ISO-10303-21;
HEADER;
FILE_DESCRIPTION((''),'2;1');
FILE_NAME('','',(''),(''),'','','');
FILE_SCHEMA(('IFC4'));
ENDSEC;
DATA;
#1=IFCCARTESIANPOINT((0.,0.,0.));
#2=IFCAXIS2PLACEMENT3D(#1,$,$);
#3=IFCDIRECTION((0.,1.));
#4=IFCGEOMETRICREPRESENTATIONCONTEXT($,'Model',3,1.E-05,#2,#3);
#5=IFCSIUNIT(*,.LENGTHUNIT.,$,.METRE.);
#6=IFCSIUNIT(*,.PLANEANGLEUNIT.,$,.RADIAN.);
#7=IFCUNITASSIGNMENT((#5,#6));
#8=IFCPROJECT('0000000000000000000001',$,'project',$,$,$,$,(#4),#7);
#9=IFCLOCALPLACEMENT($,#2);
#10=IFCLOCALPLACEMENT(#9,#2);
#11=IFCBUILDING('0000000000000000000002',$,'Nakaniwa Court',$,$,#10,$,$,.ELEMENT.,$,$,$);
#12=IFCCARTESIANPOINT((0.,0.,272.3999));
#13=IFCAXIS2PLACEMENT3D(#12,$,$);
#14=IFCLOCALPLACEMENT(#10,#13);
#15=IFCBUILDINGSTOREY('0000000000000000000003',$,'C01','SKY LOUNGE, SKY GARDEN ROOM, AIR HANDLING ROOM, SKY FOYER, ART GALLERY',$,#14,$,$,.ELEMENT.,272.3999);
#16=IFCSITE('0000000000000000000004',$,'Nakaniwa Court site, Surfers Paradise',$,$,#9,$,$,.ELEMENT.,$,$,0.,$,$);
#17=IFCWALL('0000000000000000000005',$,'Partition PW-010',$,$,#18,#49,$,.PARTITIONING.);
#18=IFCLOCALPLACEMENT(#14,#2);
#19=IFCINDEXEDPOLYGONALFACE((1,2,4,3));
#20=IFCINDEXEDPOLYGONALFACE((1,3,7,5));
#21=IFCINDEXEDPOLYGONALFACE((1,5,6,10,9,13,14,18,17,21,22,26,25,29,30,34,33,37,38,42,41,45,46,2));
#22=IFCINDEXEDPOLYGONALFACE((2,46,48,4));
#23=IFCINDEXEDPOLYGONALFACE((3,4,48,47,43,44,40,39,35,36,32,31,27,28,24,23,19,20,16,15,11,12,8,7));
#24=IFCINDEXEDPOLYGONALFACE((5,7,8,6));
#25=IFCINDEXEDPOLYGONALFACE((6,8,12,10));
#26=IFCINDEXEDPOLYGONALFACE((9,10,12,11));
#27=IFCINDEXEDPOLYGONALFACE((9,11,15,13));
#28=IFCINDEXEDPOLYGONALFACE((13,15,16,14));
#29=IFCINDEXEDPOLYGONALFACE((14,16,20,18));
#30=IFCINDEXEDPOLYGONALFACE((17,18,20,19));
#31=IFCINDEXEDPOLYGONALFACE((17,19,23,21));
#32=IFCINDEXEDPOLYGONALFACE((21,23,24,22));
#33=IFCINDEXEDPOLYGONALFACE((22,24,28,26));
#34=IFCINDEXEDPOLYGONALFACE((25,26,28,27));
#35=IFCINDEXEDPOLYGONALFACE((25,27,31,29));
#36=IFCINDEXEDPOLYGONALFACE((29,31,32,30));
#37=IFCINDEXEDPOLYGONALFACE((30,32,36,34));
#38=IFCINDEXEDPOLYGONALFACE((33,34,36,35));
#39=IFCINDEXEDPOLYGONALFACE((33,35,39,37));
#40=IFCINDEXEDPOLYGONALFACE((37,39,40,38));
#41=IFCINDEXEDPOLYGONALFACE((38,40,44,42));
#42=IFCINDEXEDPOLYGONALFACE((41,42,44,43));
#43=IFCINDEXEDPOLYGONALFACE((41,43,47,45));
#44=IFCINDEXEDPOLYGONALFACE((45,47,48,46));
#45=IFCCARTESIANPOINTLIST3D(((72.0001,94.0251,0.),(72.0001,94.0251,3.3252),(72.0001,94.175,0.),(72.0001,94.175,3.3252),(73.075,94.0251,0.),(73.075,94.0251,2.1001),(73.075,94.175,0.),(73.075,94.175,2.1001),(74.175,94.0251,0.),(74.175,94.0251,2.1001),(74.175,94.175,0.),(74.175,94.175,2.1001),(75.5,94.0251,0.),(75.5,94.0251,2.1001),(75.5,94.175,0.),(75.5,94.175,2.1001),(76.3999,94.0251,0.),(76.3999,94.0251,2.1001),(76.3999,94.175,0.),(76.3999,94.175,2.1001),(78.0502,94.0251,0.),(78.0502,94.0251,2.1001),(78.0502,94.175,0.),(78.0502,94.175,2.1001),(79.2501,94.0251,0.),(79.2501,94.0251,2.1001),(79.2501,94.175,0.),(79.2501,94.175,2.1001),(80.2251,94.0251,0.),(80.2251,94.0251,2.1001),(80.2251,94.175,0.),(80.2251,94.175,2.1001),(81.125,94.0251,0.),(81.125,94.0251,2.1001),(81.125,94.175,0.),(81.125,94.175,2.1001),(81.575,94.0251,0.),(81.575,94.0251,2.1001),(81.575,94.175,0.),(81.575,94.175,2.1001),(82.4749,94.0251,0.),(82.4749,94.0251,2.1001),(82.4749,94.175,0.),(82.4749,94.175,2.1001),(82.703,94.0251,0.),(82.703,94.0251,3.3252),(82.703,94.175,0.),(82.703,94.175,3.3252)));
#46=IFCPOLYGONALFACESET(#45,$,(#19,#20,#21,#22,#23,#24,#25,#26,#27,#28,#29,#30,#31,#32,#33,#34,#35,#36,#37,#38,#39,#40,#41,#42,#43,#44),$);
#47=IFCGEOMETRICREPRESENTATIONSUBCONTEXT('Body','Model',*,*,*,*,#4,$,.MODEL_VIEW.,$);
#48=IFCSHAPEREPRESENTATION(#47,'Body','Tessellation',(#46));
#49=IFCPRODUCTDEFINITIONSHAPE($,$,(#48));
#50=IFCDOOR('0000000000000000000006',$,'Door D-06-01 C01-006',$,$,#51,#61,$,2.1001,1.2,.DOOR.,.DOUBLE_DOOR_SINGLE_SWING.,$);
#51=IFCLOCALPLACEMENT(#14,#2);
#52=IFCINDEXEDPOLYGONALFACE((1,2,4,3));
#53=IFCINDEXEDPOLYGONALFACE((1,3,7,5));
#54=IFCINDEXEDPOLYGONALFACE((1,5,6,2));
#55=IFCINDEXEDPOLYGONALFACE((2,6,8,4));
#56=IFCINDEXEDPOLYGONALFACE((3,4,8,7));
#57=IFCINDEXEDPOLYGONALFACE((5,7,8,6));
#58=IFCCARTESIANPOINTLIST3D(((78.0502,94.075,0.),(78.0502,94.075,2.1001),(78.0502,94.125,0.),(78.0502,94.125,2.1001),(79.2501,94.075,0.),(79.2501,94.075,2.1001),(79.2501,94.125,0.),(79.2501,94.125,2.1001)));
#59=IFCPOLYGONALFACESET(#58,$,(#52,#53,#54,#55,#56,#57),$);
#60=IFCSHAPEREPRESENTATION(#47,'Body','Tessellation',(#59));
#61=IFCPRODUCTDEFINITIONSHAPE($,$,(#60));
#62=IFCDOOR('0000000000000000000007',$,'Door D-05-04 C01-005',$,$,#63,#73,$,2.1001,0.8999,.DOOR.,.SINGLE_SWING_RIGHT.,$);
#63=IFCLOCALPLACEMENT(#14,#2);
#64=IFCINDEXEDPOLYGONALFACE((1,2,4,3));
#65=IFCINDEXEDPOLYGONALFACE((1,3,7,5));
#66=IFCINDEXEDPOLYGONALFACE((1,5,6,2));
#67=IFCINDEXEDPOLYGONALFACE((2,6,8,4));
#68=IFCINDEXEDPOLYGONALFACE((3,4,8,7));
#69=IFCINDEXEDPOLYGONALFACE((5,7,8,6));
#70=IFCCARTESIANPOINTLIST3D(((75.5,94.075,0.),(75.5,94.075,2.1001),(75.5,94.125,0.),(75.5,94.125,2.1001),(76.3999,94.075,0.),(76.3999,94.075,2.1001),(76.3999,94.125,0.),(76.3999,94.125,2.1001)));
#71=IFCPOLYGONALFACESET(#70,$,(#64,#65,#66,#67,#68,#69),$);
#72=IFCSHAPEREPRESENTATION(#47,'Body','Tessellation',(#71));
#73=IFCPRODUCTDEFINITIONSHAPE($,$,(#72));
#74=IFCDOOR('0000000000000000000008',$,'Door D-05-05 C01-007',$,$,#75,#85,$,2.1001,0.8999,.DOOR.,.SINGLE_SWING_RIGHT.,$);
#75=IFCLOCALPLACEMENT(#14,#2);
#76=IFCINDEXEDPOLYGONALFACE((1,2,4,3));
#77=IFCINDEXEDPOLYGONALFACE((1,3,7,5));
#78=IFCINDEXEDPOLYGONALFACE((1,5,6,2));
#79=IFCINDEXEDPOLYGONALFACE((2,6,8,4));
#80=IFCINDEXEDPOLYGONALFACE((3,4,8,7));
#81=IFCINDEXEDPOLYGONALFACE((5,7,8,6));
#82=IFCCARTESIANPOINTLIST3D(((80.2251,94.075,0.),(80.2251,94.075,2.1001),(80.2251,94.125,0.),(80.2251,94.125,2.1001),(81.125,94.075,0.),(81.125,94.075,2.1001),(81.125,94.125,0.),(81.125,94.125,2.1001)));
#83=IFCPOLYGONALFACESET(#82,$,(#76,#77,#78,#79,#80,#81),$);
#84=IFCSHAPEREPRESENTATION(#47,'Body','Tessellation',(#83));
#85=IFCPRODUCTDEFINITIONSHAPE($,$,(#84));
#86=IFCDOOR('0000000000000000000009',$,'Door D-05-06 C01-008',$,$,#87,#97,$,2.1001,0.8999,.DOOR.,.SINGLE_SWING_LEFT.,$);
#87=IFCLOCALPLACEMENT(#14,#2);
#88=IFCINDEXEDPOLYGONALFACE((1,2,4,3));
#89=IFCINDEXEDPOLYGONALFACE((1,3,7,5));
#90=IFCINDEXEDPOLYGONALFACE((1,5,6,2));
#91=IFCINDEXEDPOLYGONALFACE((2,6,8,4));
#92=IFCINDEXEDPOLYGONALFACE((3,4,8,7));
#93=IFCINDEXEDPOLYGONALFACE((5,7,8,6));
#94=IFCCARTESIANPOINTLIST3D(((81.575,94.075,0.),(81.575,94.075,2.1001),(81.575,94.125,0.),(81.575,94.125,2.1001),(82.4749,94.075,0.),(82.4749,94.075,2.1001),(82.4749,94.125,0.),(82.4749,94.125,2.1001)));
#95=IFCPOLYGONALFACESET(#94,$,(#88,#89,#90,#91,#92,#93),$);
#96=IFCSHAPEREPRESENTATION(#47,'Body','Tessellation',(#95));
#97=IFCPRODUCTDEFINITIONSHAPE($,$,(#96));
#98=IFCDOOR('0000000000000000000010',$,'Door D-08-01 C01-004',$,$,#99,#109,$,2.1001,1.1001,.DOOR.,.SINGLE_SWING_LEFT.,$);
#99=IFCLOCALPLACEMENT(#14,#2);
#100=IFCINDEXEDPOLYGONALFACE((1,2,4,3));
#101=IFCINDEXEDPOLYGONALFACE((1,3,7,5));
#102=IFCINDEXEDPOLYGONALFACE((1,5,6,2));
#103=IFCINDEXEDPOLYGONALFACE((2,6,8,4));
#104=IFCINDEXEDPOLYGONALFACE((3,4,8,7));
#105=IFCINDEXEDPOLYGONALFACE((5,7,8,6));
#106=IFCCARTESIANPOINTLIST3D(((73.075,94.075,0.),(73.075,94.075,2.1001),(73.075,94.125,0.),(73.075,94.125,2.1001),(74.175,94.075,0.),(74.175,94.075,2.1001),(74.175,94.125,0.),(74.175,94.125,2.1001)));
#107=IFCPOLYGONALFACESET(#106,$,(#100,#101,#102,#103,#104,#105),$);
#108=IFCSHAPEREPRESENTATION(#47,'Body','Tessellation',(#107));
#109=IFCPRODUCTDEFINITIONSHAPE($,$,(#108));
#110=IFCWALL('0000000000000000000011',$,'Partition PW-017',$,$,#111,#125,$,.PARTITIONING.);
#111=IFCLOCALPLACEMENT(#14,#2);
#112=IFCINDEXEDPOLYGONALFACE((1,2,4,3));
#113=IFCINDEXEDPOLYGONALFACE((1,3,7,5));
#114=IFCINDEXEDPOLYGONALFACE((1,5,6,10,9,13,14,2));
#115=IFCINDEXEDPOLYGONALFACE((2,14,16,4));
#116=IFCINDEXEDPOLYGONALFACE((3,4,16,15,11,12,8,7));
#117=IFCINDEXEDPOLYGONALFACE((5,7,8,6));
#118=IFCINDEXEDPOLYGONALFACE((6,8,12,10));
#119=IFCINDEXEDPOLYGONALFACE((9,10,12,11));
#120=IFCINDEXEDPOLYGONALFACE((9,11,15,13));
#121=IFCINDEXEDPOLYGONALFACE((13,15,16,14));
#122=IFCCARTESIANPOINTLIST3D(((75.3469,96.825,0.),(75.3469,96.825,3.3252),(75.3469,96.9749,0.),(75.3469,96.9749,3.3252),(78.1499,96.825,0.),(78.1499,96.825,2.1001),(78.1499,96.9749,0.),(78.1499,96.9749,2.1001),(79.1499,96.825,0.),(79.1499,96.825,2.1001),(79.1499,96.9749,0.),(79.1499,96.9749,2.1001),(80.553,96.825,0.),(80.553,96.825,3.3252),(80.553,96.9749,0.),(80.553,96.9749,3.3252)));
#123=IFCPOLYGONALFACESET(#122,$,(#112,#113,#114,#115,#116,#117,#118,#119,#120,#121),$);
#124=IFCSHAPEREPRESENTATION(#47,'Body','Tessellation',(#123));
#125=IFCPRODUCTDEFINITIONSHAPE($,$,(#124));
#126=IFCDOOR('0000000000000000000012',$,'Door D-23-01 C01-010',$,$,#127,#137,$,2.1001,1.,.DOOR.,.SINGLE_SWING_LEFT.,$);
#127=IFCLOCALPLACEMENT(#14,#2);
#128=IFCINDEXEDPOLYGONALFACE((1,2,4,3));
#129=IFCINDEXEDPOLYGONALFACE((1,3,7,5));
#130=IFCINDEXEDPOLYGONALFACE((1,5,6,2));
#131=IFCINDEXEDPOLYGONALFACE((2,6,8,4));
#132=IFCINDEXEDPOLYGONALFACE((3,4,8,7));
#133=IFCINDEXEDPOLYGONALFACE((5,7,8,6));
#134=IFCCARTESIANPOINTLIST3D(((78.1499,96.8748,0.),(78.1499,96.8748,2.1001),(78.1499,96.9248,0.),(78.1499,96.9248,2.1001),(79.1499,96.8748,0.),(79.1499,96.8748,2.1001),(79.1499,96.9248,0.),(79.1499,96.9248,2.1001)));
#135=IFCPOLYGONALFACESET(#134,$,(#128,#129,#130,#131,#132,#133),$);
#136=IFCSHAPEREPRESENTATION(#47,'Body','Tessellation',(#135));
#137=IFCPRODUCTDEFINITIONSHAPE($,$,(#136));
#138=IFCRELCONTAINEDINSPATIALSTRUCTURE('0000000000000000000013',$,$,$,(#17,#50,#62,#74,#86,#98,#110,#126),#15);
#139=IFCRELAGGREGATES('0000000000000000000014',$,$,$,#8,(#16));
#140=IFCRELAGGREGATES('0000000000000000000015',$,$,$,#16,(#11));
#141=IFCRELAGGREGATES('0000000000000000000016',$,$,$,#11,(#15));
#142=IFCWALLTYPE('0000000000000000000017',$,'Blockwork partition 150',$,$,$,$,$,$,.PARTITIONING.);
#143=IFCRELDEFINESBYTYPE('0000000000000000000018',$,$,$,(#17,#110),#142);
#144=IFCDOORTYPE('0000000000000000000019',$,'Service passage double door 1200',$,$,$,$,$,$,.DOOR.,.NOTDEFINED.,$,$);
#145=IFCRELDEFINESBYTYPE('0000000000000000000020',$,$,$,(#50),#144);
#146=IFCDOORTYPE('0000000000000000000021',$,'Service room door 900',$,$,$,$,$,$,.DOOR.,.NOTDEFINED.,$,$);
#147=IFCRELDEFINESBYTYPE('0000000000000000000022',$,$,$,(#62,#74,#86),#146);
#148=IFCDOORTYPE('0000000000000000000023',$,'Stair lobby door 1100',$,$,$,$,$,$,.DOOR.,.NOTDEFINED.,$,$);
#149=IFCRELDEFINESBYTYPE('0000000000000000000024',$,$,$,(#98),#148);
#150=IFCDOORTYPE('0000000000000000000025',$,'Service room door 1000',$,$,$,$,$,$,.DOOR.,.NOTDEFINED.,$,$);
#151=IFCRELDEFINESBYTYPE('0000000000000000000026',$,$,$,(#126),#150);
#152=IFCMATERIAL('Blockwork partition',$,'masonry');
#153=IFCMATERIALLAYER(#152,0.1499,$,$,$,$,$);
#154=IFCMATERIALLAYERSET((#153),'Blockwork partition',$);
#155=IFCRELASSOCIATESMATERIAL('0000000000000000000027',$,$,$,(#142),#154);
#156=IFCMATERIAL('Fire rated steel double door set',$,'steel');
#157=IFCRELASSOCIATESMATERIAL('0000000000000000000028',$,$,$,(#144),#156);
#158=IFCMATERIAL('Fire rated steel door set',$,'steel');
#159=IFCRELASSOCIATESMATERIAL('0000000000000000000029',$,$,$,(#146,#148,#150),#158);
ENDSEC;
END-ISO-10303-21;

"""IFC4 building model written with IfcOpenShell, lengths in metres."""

from ifc_helpers import new_model, si_unit, direction, frame, frame_2d, origin, place, context, subcontext, project, spatial, rectangle, extrude, material, layer, layer_set, type_object, element, fill, save


model = new_model("IFC4")

# Units and contexts
model_context = context("Model", 3, precision=1e-05, world=origin(), true_north=direction((0.0, 1.0)))
body_context = subcontext(model_context, "Body", "Model", "MODEL_VIEW")
ifc_project = project(units=[si_unit("LENGTHUNIT", "METRE"), si_unit("PLANEANGLEUNIT", "RADIAN")], contexts=[model_context])

# Site, building, storey
site_placement = place(None, origin())
site = spatial("IfcSite", under=ifc_project, at=site_placement, Name="Nakaniwa Court site, Surfers Paradise", CompositionType="ELEMENT", RefElevation=0.0)
building_placement = place(site_placement, origin())
building = spatial("IfcBuilding", under=site, at=building_placement, Name="Nakaniwa Court", CompositionType="ELEMENT")
storey_placement = place(building_placement, frame((0.0, 0.0, 272.3999)))
storey = spatial("IfcBuildingStorey", under=building, at=storey_placement, Name="C01", Description="SKY LOUNGE, SKY GARDEN ROOM, AIR HANDLING ROOM, SKY FOYER, ART GALLERY", CompositionType="ELEMENT", Elevation=272.3999)

# Shared definitions
ifc_material_1 = material(Name="Blockwork partition", Category="masonry")
ifc_layer_1 = layer(ifc_material_1, 0.1499)
ifc_layer_set_1 = layer_set([ifc_layer_1], Name="Blockwork partition")
wall_type_1 = type_object("IfcWallType", Name="Blockwork partition 150", PredefinedType="PARTITIONING", material=ifc_layer_set_1)

# Wall, openings, doors
wall_1_placement = place(storey_placement, frame((72.0, 94.1001, 0.0), z_axis=(0.0, 0.0, 1.0), x_axis=(1.0, 0.0, 0.0)))
wall_1 = element("IfcWall", 1, at=wall_1_placement, inside=storey, type_object=wall_type_1, Name="Partition PW-010", PredefinedType="PARTITIONING", context=body_context, shape_type="SweptSolid", body=[
    extrude(rectangle(XDim=10.7029, YDim=0.1499, at=frame_2d((5.3516, 0.0))), origin(), (0.0, 0.0, 1.0), 3.3252),
])
opening_1_placement = place(wall_1_placement, frame((1.075, 0.0, 0.0)))
opening_1 = element("IfcOpeningElement", 2, at=opening_1_placement, cuts=wall_1, PredefinedType="OPENING", context=body_context, shape_type="SweptSolid", body=[
    extrude(rectangle(XDim=1.1001, YDim=2.1001, at=frame_2d((0.55, 1.05))), frame((0.0, 0.085, 0.0), z_axis=(0.0, -1.0, 0.0), x_axis=(1.0, 0.0, 0.0)), (0.0, 0.0, 1.0), 0.1699),
])
opening_2_placement = place(wall_1_placement, frame((3.5, 0.0, 0.0)))
opening_2 = element("IfcOpeningElement", 3, at=opening_2_placement, cuts=wall_1, PredefinedType="OPENING", context=body_context, shape_type="SweptSolid", body=[
    extrude(rectangle(XDim=0.8999, YDim=2.1001, at=frame_2d((0.45, 1.05))), frame((0.0, 0.085, 0.0), z_axis=(0.0, -1.0, 0.0), x_axis=(1.0, 0.0, 0.0)), (0.0, 0.0, 1.0), 0.1699),
])
opening_3_placement = place(wall_1_placement, frame((6.05, 0.0, 0.0)))
opening_3 = element("IfcOpeningElement", 4, at=opening_3_placement, cuts=wall_1, PredefinedType="OPENING", context=body_context, shape_type="SweptSolid", body=[
    extrude(rectangle(XDim=1.2, YDim=2.1001, at=frame_2d((0.6001, 1.05))), frame((0.0, 0.085, 0.0), z_axis=(0.0, -1.0, 0.0), x_axis=(1.0, 0.0, 0.0)), (0.0, 0.0, 1.0), 0.1699),
])
opening_4_placement = place(wall_1_placement, frame((8.2251, 0.0, 0.0)))
opening_4 = element("IfcOpeningElement", 5, at=opening_4_placement, cuts=wall_1, PredefinedType="OPENING", context=body_context, shape_type="SweptSolid", body=[
    extrude(rectangle(XDim=0.8999, YDim=2.1001, at=frame_2d((0.45, 1.05))), frame((0.0, 0.085, 0.0), z_axis=(0.0, -1.0, 0.0), x_axis=(1.0, 0.0, 0.0)), (0.0, 0.0, 1.0), 0.1699),
])
opening_5_placement = place(wall_1_placement, frame((9.575, 0.0, 0.0)))
opening_5 = element("IfcOpeningElement", 6, at=opening_5_placement, cuts=wall_1, PredefinedType="OPENING", context=body_context, shape_type="SweptSolid", body=[
    extrude(rectangle(XDim=0.8999, YDim=2.1001, at=frame_2d((0.45, 1.05))), frame((0.0, 0.085, 0.0), z_axis=(0.0, -1.0, 0.0), x_axis=(1.0, 0.0, 0.0)), (0.0, 0.0, 1.0), 0.1699),
])
ifc_material_2 = material(Name="Fire rated steel double door set", Category="steel")
door_type_1 = type_object("IfcDoorType", Name="Service passage double door 1200", OperationType="NOTDEFINED", PredefinedType="DOOR", material=ifc_material_2)
door_1_placement = place(opening_3_placement, origin())
door_1 = element("IfcDoor", 7, at=door_1_placement, inside=storey, type_object=door_type_1, Name="Door D-06-01 C01-006", OperationType="DOUBLE_DOOR_SINGLE_SWING", OverallHeight=2.1001, OverallWidth=1.2, PredefinedType="DOOR", context=body_context, shape_type="SweptSolid", body=[
    extrude(rectangle(XDim=1.2, YDim=2.1001, at=frame_2d((0.6001, 1.05))), frame((0.0, 0.0249, 0.0), z_axis=(0.0, -1.0, 0.0), x_axis=(1.0, 0.0, 0.0)), (0.0, 0.0, 1.0), 0.05),
])
fill(opening_3, door_1)
ifc_material_3 = material(Name="Fire rated steel door set", Category="steel")
door_type_2 = type_object("IfcDoorType", Name="Service room door 900", OperationType="NOTDEFINED", PredefinedType="DOOR", material=ifc_material_3)
door_2_placement = place(opening_2_placement, origin())
door_2 = element("IfcDoor", 8, at=door_2_placement, inside=storey, type_object=door_type_2, Name="Door D-05-04 C01-005", OperationType="SINGLE_SWING_RIGHT", OverallHeight=2.1001, OverallWidth=0.8999, PredefinedType="DOOR", context=body_context, shape_type="SweptSolid", body=[
    extrude(rectangle(XDim=0.8999, YDim=2.1001, at=frame_2d((0.45, 1.05))), frame((0.0, 0.0249, 0.0), z_axis=(0.0, -1.0, 0.0), x_axis=(1.0, 0.0, 0.0)), (0.0, 0.0, 1.0), 0.05),
])
fill(opening_2, door_2)
door_3_placement = place(opening_4_placement, origin())
door_3 = element("IfcDoor", 9, at=door_3_placement, inside=storey, type_object=door_type_2, Name="Door D-05-05 C01-007", OperationType="SINGLE_SWING_RIGHT", OverallHeight=2.1001, OverallWidth=0.8999, PredefinedType="DOOR", context=body_context, shape_type="SweptSolid", body=[
    extrude(rectangle(XDim=0.8999, YDim=2.1001, at=frame_2d((0.45, 1.05))), frame((0.0, 0.0249, 0.0), z_axis=(0.0, -1.0, 0.0), x_axis=(1.0, 0.0, 0.0)), (0.0, 0.0, 1.0), 0.05),
])
fill(opening_4, door_3)
door_4_placement = place(opening_5_placement, origin())
door_4 = element("IfcDoor", 10, at=door_4_placement, inside=storey, type_object=door_type_2, Name="Door D-05-06 C01-008", OperationType="SINGLE_SWING_LEFT", OverallHeight=2.1001, OverallWidth=0.8999, PredefinedType="DOOR", context=body_context, shape_type="SweptSolid", body=[
    extrude(rectangle(XDim=0.8999, YDim=2.1001, at=frame_2d((0.45, 1.05))), frame((0.0, 0.0249, 0.0), z_axis=(0.0, -1.0, 0.0), x_axis=(1.0, 0.0, 0.0)), (0.0, 0.0, 1.0), 0.05),
])
fill(opening_5, door_4)
door_type_3 = type_object("IfcDoorType", Name="Stair lobby door 1100", OperationType="NOTDEFINED", PredefinedType="DOOR", material=ifc_material_3)
door_5_placement = place(opening_1_placement, origin())
door_5 = element("IfcDoor", 11, at=door_5_placement, inside=storey, type_object=door_type_3, Name="Door D-08-01 C01-004", OperationType="SINGLE_SWING_LEFT", OverallHeight=2.1001, OverallWidth=1.1001, PredefinedType="DOOR", context=body_context, shape_type="SweptSolid", body=[
    extrude(rectangle(XDim=1.1001, YDim=2.1001, at=frame_2d((0.55, 1.05))), frame((0.0, 0.0249, 0.0), z_axis=(0.0, -1.0, 0.0), x_axis=(1.0, 0.0, 0.0)), (0.0, 0.0, 1.0), 0.05),
])
fill(opening_1, door_5)

# Wall, opening, door
wall_2_placement = place(storey_placement, frame((75.3469, 96.8999, 0.0), z_axis=(0.0, 0.0, 1.0), x_axis=(1.0, 0.0, 0.0)))
wall_2 = element("IfcWall", 12, at=wall_2_placement, inside=storey, type_object=wall_type_1, Name="Partition PW-017", PredefinedType="PARTITIONING", context=body_context, shape_type="SweptSolid", body=[
    extrude(rectangle(XDim=5.2061, YDim=0.1499, at=frame_2d((2.603, 0.0))), origin(), (0.0, 0.0, 1.0), 3.3252),
])
opening_6_placement = place(wall_2_placement, frame((2.803, 0.0, 0.0)))
opening_6 = element("IfcOpeningElement", 13, at=opening_6_placement, cuts=wall_2, PredefinedType="OPENING", context=body_context, shape_type="SweptSolid", body=[
    extrude(rectangle(XDim=1.0, YDim=2.1001, at=frame_2d((0.5, 1.05))), frame((0.0, 0.085, 0.0), z_axis=(0.0, -1.0, 0.0), x_axis=(1.0, 0.0, 0.0)), (0.0, 0.0, 1.0), 0.1699),
])
door_type_4 = type_object("IfcDoorType", Name="Service room door 1000", OperationType="NOTDEFINED", PredefinedType="DOOR", material=ifc_material_3)
door_6_placement = place(opening_6_placement, origin())
door_6 = element("IfcDoor", 14, at=door_6_placement, inside=storey, type_object=door_type_4, Name="Door D-23-01 C01-010", OperationType="SINGLE_SWING_LEFT", OverallHeight=2.1001, OverallWidth=1.0, PredefinedType="DOOR", context=body_context, shape_type="SweptSolid", body=[
    extrude(rectangle(XDim=1.0, YDim=2.1001, at=frame_2d((0.5, 1.05))), frame((0.0, 0.0249, 0.0), z_axis=(0.0, -1.0, 0.0), x_axis=(1.0, 0.0, 0.0)), (0.0, 0.0, 1.0), 0.05),
])
fill(opening_6, door_6)

save(model, "model.ifc")
